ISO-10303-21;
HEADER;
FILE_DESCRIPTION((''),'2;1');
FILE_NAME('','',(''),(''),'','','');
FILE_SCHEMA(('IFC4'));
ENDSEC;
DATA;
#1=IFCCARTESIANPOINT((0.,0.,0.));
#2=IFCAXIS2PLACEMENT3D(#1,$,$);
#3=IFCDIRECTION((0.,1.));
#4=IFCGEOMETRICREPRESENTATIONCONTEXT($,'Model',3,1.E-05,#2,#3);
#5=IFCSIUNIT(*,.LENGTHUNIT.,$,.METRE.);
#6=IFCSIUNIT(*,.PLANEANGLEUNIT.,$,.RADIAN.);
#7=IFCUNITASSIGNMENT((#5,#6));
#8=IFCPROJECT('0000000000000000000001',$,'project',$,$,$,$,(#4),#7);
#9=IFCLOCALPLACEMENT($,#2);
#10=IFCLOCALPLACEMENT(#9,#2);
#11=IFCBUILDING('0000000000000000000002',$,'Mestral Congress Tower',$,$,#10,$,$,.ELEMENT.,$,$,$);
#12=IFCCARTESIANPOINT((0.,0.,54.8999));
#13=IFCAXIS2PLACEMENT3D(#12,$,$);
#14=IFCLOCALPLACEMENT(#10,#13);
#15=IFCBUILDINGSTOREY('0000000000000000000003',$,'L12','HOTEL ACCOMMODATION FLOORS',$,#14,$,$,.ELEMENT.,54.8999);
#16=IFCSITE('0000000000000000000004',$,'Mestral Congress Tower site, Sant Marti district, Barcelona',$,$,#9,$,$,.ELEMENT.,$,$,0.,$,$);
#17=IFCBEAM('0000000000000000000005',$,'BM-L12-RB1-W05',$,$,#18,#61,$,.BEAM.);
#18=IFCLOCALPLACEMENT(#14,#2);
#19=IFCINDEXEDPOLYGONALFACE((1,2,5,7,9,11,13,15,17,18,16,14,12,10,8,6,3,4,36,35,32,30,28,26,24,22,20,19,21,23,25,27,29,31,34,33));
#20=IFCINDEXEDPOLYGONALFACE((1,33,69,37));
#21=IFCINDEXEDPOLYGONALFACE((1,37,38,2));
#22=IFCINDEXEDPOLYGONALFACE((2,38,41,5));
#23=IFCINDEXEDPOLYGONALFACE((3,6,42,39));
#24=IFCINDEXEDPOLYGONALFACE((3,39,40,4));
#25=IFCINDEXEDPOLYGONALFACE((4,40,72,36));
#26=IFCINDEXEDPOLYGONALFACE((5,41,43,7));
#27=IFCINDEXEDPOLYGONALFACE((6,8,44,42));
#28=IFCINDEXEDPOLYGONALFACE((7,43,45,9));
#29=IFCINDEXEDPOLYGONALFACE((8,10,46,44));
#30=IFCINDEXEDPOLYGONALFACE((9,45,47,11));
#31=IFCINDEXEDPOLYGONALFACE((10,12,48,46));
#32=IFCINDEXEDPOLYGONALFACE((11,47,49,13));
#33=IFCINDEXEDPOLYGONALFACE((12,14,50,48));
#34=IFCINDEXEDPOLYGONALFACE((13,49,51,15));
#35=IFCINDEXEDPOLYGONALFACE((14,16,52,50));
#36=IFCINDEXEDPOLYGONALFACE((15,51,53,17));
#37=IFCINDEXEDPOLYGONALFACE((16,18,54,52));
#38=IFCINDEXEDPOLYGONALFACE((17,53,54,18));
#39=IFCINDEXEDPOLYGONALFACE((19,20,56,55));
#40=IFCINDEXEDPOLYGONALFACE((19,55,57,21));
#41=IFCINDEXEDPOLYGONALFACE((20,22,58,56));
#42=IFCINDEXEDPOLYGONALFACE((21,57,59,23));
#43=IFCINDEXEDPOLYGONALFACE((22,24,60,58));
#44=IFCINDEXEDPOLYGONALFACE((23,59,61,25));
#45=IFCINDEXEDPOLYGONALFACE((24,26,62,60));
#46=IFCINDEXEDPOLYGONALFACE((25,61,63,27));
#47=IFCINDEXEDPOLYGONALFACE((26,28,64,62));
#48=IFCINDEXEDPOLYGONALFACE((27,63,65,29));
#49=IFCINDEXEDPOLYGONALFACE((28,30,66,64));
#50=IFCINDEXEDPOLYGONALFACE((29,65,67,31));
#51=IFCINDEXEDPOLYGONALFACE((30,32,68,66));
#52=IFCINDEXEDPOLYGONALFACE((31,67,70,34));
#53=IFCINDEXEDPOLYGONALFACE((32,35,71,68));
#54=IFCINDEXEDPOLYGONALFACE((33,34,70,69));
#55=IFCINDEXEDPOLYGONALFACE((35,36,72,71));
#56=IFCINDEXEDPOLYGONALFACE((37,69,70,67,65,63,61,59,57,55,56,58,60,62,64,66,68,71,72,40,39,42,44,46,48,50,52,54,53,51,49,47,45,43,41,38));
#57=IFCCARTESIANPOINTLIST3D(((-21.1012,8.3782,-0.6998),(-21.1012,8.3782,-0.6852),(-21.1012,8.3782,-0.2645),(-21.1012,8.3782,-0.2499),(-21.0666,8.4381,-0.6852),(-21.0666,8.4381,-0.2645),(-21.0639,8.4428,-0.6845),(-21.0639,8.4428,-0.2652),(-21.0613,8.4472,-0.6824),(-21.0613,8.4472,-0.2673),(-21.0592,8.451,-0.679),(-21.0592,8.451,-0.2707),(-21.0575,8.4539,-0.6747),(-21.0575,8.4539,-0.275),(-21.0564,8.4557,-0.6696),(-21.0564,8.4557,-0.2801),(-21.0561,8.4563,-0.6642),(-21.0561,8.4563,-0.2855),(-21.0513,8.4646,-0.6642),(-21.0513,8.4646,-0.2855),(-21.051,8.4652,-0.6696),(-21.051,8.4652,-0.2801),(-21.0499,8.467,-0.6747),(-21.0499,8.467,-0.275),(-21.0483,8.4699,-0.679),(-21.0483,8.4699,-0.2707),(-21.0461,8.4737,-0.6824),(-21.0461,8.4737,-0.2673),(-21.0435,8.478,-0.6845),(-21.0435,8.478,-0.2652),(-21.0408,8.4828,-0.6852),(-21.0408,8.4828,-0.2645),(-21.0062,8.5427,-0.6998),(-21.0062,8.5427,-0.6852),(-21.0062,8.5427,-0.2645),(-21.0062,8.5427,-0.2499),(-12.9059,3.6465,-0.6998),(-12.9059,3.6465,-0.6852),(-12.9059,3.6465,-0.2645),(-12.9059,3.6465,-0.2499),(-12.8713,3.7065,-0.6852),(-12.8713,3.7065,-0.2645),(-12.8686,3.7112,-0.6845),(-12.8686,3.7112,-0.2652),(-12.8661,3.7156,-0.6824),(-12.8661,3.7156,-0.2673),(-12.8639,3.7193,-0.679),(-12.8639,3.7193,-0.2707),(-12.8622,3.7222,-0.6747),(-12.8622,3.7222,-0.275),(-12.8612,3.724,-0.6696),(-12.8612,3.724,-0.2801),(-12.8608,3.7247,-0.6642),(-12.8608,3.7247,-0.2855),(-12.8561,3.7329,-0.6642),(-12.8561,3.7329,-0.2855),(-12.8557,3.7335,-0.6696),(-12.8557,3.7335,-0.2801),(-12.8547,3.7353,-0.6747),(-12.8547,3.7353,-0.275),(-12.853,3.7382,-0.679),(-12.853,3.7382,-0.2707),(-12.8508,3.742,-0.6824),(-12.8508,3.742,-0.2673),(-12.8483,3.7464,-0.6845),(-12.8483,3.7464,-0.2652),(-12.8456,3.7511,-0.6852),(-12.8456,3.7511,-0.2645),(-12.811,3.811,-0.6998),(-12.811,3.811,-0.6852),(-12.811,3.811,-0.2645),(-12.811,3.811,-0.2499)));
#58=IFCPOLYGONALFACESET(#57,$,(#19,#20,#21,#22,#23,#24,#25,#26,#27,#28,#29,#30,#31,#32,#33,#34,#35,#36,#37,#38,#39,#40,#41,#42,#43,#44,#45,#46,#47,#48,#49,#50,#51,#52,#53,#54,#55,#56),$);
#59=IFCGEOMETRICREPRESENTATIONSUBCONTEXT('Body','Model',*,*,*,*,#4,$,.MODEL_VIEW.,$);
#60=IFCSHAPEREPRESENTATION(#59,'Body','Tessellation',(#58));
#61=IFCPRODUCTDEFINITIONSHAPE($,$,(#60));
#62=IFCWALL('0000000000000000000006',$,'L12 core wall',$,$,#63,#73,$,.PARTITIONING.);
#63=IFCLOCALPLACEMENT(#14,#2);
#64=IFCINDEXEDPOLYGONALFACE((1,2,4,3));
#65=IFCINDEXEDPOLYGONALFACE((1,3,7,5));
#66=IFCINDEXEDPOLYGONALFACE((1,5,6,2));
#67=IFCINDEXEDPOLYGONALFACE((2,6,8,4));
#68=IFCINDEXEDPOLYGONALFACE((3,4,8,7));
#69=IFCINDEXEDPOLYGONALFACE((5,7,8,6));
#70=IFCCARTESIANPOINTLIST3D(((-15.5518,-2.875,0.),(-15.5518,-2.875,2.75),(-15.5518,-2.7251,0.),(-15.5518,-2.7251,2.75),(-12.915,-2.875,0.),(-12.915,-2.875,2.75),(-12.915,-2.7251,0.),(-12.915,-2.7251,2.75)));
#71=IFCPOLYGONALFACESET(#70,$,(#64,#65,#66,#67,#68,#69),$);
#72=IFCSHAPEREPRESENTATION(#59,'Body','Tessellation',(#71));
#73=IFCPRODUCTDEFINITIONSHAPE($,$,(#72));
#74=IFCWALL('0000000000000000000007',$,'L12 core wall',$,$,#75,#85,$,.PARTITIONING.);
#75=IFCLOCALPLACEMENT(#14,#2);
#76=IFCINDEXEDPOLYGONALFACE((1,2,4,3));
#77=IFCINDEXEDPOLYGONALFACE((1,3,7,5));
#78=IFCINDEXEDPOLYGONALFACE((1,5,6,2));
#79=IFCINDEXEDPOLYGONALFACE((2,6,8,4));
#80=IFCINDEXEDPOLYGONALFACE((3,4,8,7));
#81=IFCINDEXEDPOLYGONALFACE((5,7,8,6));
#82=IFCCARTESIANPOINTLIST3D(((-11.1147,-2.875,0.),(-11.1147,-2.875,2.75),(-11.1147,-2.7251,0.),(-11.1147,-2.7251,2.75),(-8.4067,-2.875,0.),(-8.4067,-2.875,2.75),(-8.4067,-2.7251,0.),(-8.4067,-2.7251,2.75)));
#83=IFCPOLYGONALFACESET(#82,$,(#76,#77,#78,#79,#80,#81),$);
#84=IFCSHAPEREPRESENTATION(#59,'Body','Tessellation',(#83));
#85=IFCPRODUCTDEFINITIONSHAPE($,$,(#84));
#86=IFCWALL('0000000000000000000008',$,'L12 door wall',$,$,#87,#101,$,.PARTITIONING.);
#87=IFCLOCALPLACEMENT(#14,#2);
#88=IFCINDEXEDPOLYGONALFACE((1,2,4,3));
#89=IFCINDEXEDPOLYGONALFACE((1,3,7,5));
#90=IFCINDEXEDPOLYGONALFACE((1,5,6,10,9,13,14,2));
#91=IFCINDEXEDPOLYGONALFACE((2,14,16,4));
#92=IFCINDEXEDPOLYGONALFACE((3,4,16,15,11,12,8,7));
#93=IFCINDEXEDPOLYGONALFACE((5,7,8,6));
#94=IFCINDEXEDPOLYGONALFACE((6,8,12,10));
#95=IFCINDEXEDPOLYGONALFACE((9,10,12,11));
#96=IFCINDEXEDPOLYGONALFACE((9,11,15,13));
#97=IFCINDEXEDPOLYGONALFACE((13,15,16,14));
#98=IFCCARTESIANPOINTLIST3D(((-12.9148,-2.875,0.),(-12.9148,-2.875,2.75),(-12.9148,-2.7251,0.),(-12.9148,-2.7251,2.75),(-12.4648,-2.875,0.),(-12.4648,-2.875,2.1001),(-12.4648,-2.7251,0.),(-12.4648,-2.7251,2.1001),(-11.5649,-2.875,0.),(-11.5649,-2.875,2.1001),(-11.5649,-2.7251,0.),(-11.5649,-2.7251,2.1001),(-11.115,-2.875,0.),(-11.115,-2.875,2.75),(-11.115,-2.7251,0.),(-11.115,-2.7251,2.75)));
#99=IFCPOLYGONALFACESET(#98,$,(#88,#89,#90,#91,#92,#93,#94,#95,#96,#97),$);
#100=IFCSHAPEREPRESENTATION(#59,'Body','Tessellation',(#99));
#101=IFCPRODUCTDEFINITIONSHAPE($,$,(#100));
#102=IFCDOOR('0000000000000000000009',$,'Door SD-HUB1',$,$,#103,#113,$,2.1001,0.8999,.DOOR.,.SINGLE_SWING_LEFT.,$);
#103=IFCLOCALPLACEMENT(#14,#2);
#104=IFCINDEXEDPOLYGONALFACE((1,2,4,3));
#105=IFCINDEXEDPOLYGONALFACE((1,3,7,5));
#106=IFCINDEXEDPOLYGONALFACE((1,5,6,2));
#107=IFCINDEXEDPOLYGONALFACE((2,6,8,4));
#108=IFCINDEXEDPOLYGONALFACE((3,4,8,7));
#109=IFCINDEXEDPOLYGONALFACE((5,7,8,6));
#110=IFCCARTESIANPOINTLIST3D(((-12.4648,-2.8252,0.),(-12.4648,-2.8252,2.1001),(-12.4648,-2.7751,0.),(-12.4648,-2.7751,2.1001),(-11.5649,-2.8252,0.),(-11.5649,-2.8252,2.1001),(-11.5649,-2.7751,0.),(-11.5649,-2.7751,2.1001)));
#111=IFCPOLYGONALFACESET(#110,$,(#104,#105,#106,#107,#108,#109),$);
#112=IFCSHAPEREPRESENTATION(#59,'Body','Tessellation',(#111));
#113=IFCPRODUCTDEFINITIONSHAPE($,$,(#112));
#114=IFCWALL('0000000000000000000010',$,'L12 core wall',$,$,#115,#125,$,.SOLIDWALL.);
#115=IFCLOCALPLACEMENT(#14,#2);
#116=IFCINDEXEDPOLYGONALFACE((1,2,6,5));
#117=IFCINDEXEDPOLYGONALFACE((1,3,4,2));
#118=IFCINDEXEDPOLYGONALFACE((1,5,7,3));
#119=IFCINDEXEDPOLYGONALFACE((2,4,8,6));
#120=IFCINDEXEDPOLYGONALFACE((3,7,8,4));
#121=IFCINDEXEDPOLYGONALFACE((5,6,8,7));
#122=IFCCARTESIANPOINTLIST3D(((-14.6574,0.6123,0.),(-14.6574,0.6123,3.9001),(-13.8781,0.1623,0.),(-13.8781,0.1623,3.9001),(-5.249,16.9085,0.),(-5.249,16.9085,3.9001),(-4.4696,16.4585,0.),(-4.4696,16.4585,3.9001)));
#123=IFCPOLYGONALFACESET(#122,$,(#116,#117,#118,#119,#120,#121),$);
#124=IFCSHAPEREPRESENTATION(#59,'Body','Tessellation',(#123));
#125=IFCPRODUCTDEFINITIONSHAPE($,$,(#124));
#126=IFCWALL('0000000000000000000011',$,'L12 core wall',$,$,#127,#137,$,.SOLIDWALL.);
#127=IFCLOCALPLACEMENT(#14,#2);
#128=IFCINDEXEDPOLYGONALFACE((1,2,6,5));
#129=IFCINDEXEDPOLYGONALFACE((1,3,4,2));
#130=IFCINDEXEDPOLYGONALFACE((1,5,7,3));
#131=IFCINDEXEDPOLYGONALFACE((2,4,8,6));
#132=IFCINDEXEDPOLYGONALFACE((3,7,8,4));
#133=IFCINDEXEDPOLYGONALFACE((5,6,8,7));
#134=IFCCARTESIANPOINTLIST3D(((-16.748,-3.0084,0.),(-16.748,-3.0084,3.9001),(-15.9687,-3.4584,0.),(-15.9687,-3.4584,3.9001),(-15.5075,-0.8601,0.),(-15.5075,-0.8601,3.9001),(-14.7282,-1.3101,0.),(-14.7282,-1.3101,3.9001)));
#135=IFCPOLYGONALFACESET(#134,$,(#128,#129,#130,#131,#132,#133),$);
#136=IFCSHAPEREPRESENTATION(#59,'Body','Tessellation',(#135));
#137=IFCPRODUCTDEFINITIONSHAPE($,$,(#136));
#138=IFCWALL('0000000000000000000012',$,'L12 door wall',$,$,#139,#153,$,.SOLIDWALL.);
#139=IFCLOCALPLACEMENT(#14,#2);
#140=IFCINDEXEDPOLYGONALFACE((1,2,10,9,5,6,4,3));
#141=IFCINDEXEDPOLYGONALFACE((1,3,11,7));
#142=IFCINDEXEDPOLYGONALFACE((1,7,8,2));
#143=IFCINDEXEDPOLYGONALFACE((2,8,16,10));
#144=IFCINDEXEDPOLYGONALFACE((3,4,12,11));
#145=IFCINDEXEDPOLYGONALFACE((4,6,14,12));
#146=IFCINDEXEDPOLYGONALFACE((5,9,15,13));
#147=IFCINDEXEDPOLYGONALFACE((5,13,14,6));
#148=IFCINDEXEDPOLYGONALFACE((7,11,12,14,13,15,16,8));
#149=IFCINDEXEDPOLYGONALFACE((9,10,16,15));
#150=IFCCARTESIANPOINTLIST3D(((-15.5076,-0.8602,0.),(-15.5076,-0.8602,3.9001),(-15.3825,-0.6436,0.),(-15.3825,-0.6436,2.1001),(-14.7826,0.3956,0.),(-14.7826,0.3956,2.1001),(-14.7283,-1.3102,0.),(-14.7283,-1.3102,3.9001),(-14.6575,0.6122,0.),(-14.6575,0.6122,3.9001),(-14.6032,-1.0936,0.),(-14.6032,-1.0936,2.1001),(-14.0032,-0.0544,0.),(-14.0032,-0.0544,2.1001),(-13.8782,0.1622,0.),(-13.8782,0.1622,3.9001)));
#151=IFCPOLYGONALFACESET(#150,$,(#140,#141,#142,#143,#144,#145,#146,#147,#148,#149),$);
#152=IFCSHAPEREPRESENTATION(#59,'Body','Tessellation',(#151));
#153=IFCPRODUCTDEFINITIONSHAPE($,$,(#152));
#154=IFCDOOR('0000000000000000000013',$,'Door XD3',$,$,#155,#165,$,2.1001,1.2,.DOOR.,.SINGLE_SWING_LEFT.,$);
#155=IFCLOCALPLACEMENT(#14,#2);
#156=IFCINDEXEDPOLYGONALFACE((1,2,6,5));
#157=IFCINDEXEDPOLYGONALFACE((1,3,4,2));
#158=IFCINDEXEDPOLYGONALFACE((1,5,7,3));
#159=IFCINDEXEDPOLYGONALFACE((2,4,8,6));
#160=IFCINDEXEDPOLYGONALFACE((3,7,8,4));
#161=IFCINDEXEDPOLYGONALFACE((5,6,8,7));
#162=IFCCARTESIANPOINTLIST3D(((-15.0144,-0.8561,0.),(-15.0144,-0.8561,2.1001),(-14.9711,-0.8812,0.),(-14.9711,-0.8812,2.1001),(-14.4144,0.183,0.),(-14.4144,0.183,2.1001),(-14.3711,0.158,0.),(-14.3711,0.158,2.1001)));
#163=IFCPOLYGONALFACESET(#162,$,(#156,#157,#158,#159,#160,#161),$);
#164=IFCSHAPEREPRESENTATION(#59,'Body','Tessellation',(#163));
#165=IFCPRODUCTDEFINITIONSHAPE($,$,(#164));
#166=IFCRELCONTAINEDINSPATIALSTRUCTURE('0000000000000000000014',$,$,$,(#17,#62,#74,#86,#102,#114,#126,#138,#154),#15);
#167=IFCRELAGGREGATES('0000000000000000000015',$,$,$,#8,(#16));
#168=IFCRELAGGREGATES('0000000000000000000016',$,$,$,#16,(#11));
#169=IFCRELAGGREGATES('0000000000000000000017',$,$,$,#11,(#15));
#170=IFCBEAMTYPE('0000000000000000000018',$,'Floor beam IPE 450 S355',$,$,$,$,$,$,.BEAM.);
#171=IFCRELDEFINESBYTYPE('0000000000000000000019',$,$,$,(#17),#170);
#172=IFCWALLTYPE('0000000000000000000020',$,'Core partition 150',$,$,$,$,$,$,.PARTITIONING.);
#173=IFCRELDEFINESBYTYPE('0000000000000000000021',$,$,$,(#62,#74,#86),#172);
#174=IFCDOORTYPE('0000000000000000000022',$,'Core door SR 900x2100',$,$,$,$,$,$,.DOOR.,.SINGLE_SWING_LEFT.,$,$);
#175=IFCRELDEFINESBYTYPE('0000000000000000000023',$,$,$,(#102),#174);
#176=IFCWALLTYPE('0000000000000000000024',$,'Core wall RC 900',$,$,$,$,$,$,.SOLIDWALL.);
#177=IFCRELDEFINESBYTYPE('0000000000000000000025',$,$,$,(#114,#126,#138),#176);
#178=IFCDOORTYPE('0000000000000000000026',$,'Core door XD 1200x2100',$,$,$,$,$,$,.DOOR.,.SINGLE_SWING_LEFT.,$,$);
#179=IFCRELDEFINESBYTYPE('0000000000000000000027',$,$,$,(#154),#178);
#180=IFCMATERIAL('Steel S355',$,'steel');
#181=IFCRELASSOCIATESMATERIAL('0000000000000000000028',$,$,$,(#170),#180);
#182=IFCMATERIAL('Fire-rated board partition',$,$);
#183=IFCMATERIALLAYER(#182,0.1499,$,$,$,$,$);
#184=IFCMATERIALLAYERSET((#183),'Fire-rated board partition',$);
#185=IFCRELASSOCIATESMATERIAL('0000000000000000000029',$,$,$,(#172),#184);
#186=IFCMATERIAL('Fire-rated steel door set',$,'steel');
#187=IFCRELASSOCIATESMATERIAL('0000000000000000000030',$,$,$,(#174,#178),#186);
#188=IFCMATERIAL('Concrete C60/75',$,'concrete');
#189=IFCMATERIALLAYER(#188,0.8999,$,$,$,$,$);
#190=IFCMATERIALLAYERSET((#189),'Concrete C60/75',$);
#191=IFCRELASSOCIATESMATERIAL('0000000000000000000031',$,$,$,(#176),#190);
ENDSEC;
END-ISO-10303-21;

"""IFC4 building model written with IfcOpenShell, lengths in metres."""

from ifc_helpers import new_model, si_unit, direction, frame, frame_2d, origin, origin_2d, place, context, subcontext, project, spatial, rectangle, i_section, extrude, material, layer, layer_set, material_profile, profile_set, type_object, element, fill, save


model = new_model("IFC4")

# Units and contexts
model_context = context("Model", 3, precision=1e-05, world=origin(), true_north=direction((0.0, 1.0)))
body_context = subcontext(model_context, "Body", "Model", "MODEL_VIEW")
ifc_project = project(units=[si_unit("LENGTHUNIT", "METRE"), si_unit("PLANEANGLEUNIT", "RADIAN")], contexts=[model_context])

# Site, building, storey
site_placement = place(None, origin())
site = spatial("IfcSite", under=ifc_project, at=site_placement, Name="Mestral Congress Tower site, Sant Marti district, Barcelona", CompositionType="ELEMENT", RefElevation=0.0)
building_placement = place(site_placement, origin())
building = spatial("IfcBuilding", under=site, at=building_placement, Name="Mestral Congress Tower", CompositionType="ELEMENT")
storey_placement = place(building_placement, frame((0.0, 0.0, 54.8999)))
storey = spatial("IfcBuildingStorey", under=building, at=storey_placement, Name="L12", Description="HOTEL ACCOMMODATION FLOORS", CompositionType="ELEMENT", Elevation=54.8999)

# Beam
ifc_material_1 = material(Name="Steel S355", Category="steel")
ifc_material_profile = material_profile(ifc_material_1, i_section(OverallWidth=0.1899, OverallDepth=0.45, WebThickness=0.0095, FlangeThickness=0.0146, FilletRadius=0.021, at=origin_2d()), Name="IPE 450")
ifc_profile_set = profile_set([ifc_material_profile], Name="Steel S355")
beam_type = type_object("IfcBeamType", Name="Floor beam IPE 450 S355", PredefinedType="BEAM", material=ifc_profile_set)
beam_placement = place(storey_placement, frame((-21.0537, 8.4604, -0.4749), z_axis=(0.86602, -0.50001, 0.0), x_axis=(0.50001, 0.86602, 0.0)))
element("IfcBeam", 1, at=beam_placement, inside=storey, type_object=beam_type, Name="BM-L12-RB1-W05", PredefinedType="BEAM", context=body_context, shape_type="SweptSolid", body=[
    extrude(i_section(OverallWidth=0.1899, OverallDepth=0.45, WebThickness=0.0095, FlangeThickness=0.0146, FilletRadius=0.021, at=origin_2d()), origin(), (0.0, 0.0, 1.0), 9.4631),
])

# Walls
ifc_material_2 = material(Name="Fire-rated board partition")
ifc_layer_1 = layer(ifc_material_2, 0.1499)
ifc_layer_set_1 = layer_set([ifc_layer_1], Name="Fire-rated board partition")
wall_type_1 = type_object("IfcWallType", Name="Core partition 150", PredefinedType="PARTITIONING", material=ifc_layer_set_1)
wall_1_placement = place(storey_placement, frame((-12.915, -2.8, 0.0), z_axis=(0.0, 0.0, 1.0), x_axis=(-1.0, 0.0, 0.0)))
element("IfcWall", 2, at=wall_1_placement, inside=storey, type_object=wall_type_1, Name="L12 core wall", PredefinedType="PARTITIONING", context=body_context, shape_type="SweptSolid", body=[
    extrude(rectangle(XDim=2.6367, YDim=0.1499, at=frame_2d((1.3184, 0.0))), origin(), (0.0, 0.0, 1.0), 2.75),
])
wall_2_placement = place(storey_placement, frame((-11.1147, -2.8, 0.0), z_axis=(0.0, 0.0, 1.0), x_axis=(1.0, 0.0, 0.0)))
element("IfcWall", 3, at=wall_2_placement, inside=storey, type_object=wall_type_1, Name="L12 core wall", PredefinedType="PARTITIONING", context=body_context, shape_type="SweptSolid", body=[
    extrude(rectangle(XDim=2.708, YDim=0.1499, at=frame_2d((1.354, 0.0))), origin(), (0.0, 0.0, 1.0), 2.75),
])

# Wall, opening, door
wall_3_placement = place(storey_placement, frame((-12.9148, -2.8, 0.0), z_axis=(0.0, 0.0, 1.0), x_axis=(1.0, 0.0, 0.0)))
wall_3 = element("IfcWall", 4, at=wall_3_placement, inside=storey, type_object=wall_type_1, Name="L12 door wall", PredefinedType="PARTITIONING", context=body_context, shape_type="SweptSolid", body=[
    extrude(rectangle(XDim=1.7998, YDim=0.1499, at=frame_2d((0.8999, 0.0))), origin(), (0.0, 0.0, 1.0), 2.75),
])
opening_1_placement = place(wall_3_placement, frame((0.45, 0.0, 0.0)))
opening_1 = element("IfcOpeningElement", 5, at=opening_1_placement, cuts=wall_3, PredefinedType="OPENING", context=body_context, shape_type="SweptSolid", body=[
    extrude(rectangle(XDim=0.8999, YDim=2.1001, at=frame_2d((0.45, 1.05))), frame((0.0, 0.085, 0.0), z_axis=(0.0, -1.0, 0.0), x_axis=(1.0, 0.0, 0.0)), (0.0, 0.0, 1.0), 0.1699),
])
ifc_material_3 = material(Name="Fire-rated steel door set", Category="steel")
door_type_1 = type_object("IfcDoorType", Name="Core door SR 900x2100", OperationType="SINGLE_SWING_LEFT", PredefinedType="DOOR", material=ifc_material_3)
door_1_placement = place(opening_1_placement, origin())
door_1 = element("IfcDoor", 6, at=door_1_placement, inside=storey, type_object=door_type_1, Name="Door SD-HUB1", OperationType="SINGLE_SWING_LEFT", OverallHeight=2.1001, OverallWidth=0.8999, PredefinedType="DOOR", context=body_context, shape_type="SweptSolid", body=[
    extrude(rectangle(XDim=0.8999, YDim=2.1001, at=frame_2d((0.45, 1.05))), frame((0.0, 0.0249, 0.0), z_axis=(0.0, -1.0, 0.0), x_axis=(1.0, 0.0, 0.0)), (0.0, 0.0, 1.0), 0.05),
])
fill(opening_1, door_1)

# Walls
ifc_material_4 = material(Name="Concrete C60/75", Category="concrete")
ifc_layer_2 = layer(ifc_material_4, 0.8999)
ifc_layer_set_2 = layer_set([ifc_layer_2], Name="Concrete C60/75")
wall_type_2 = type_object("IfcWallType", Name="Core wall RC 900", PredefinedType="SOLIDWALL", material=ifc_layer_set_2)
wall_4_placement = place(storey_placement, frame((-14.2678, 0.3872, 0.0), z_axis=(0.0, 0.0, 1.0), x_axis=(0.499995, 0.866029, 0.0)))
element("IfcWall", 7, at=wall_4_placement, inside=storey, type_object=wall_type_2, Name="L12 core wall", PredefinedType="SOLIDWALL", context=body_context, shape_type="SweptSolid", body=[
    extrude(rectangle(XDim=18.8171, YDim=0.8999, at=frame_2d((9.4087, 0.0))), origin(), (0.0, 0.0, 1.0), 3.9001),
])
wall_5_placement = place(storey_placement, frame((-15.1179, -1.0852, 0.0), z_axis=(0.0, 0.0, 1.0), x_axis=(-0.500066, -0.865987, 0.0)))
element("IfcWall", 8, at=wall_5_placement, inside=storey, type_object=wall_type_2, Name="L12 core wall", PredefinedType="SOLIDWALL", context=body_context, shape_type="SweptSolid", body=[
    extrude(rectangle(XDim=2.4807, YDim=0.8999, at=frame_2d((1.2402, 0.0))), origin(), (0.0, 0.0, 1.0), 3.9001),
])

# Wall, opening, door
wall_6_placement = place(storey_placement, frame((-15.1179, -1.0852, 0.0), z_axis=(0.0, 0.0, 1.0), x_axis=(0.5, 0.866025, 0.0)))
wall_6 = element("IfcWall", 9, at=wall_6_placement, inside=storey, type_object=wall_type_2, Name="L12 door wall", PredefinedType="SOLIDWALL", context=body_context, shape_type="SweptSolid", body=[
    extrude(rectangle(XDim=1.7002, YDim=0.8999, at=frame_2d((0.8501, 0.0))), origin(), (0.0, 0.0, 1.0), 3.9001),
])
opening_2_placement = place(wall_6_placement, frame((0.25, 0.0, 0.0)))
opening_2 = element("IfcOpeningElement", 10, at=opening_2_placement, cuts=wall_6, PredefinedType="OPENING", context=body_context, shape_type="SweptSolid", body=[
    extrude(rectangle(XDim=1.2, YDim=2.1001, at=frame_2d((0.6001, 1.05))), frame((0.0, 0.46, 0.0), z_axis=(0.0, -1.0, 0.0), x_axis=(1.0, 0.0, 0.0)), (0.0, 0.0, 1.0), 0.9199),
])
door_type_2 = type_object("IfcDoorType", Name="Core door XD 1200x2100", OperationType="SINGLE_SWING_LEFT", PredefinedType="DOOR", material=ifc_material_3)
door_2_placement = place(opening_2_placement, origin())
door_2 = element("IfcDoor", 11, at=door_2_placement, inside=storey, type_object=door_type_2, Name="Door XD3", OperationType="SINGLE_SWING_LEFT", OverallHeight=2.1001, OverallWidth=1.2, PredefinedType="DOOR", context=body_context, shape_type="SweptSolid", body=[
    extrude(rectangle(XDim=1.2, YDim=2.1001, at=frame_2d((0.6001, 1.05))), frame((0.0, 0.0249, 0.0), z_axis=(0.0, -1.0, 0.0), x_axis=(1.0, 0.0, 0.0)), (0.0, 0.0, 1.0), 0.05),
])
fill(opening_2, door_2)

save(model, "model.ifc")
